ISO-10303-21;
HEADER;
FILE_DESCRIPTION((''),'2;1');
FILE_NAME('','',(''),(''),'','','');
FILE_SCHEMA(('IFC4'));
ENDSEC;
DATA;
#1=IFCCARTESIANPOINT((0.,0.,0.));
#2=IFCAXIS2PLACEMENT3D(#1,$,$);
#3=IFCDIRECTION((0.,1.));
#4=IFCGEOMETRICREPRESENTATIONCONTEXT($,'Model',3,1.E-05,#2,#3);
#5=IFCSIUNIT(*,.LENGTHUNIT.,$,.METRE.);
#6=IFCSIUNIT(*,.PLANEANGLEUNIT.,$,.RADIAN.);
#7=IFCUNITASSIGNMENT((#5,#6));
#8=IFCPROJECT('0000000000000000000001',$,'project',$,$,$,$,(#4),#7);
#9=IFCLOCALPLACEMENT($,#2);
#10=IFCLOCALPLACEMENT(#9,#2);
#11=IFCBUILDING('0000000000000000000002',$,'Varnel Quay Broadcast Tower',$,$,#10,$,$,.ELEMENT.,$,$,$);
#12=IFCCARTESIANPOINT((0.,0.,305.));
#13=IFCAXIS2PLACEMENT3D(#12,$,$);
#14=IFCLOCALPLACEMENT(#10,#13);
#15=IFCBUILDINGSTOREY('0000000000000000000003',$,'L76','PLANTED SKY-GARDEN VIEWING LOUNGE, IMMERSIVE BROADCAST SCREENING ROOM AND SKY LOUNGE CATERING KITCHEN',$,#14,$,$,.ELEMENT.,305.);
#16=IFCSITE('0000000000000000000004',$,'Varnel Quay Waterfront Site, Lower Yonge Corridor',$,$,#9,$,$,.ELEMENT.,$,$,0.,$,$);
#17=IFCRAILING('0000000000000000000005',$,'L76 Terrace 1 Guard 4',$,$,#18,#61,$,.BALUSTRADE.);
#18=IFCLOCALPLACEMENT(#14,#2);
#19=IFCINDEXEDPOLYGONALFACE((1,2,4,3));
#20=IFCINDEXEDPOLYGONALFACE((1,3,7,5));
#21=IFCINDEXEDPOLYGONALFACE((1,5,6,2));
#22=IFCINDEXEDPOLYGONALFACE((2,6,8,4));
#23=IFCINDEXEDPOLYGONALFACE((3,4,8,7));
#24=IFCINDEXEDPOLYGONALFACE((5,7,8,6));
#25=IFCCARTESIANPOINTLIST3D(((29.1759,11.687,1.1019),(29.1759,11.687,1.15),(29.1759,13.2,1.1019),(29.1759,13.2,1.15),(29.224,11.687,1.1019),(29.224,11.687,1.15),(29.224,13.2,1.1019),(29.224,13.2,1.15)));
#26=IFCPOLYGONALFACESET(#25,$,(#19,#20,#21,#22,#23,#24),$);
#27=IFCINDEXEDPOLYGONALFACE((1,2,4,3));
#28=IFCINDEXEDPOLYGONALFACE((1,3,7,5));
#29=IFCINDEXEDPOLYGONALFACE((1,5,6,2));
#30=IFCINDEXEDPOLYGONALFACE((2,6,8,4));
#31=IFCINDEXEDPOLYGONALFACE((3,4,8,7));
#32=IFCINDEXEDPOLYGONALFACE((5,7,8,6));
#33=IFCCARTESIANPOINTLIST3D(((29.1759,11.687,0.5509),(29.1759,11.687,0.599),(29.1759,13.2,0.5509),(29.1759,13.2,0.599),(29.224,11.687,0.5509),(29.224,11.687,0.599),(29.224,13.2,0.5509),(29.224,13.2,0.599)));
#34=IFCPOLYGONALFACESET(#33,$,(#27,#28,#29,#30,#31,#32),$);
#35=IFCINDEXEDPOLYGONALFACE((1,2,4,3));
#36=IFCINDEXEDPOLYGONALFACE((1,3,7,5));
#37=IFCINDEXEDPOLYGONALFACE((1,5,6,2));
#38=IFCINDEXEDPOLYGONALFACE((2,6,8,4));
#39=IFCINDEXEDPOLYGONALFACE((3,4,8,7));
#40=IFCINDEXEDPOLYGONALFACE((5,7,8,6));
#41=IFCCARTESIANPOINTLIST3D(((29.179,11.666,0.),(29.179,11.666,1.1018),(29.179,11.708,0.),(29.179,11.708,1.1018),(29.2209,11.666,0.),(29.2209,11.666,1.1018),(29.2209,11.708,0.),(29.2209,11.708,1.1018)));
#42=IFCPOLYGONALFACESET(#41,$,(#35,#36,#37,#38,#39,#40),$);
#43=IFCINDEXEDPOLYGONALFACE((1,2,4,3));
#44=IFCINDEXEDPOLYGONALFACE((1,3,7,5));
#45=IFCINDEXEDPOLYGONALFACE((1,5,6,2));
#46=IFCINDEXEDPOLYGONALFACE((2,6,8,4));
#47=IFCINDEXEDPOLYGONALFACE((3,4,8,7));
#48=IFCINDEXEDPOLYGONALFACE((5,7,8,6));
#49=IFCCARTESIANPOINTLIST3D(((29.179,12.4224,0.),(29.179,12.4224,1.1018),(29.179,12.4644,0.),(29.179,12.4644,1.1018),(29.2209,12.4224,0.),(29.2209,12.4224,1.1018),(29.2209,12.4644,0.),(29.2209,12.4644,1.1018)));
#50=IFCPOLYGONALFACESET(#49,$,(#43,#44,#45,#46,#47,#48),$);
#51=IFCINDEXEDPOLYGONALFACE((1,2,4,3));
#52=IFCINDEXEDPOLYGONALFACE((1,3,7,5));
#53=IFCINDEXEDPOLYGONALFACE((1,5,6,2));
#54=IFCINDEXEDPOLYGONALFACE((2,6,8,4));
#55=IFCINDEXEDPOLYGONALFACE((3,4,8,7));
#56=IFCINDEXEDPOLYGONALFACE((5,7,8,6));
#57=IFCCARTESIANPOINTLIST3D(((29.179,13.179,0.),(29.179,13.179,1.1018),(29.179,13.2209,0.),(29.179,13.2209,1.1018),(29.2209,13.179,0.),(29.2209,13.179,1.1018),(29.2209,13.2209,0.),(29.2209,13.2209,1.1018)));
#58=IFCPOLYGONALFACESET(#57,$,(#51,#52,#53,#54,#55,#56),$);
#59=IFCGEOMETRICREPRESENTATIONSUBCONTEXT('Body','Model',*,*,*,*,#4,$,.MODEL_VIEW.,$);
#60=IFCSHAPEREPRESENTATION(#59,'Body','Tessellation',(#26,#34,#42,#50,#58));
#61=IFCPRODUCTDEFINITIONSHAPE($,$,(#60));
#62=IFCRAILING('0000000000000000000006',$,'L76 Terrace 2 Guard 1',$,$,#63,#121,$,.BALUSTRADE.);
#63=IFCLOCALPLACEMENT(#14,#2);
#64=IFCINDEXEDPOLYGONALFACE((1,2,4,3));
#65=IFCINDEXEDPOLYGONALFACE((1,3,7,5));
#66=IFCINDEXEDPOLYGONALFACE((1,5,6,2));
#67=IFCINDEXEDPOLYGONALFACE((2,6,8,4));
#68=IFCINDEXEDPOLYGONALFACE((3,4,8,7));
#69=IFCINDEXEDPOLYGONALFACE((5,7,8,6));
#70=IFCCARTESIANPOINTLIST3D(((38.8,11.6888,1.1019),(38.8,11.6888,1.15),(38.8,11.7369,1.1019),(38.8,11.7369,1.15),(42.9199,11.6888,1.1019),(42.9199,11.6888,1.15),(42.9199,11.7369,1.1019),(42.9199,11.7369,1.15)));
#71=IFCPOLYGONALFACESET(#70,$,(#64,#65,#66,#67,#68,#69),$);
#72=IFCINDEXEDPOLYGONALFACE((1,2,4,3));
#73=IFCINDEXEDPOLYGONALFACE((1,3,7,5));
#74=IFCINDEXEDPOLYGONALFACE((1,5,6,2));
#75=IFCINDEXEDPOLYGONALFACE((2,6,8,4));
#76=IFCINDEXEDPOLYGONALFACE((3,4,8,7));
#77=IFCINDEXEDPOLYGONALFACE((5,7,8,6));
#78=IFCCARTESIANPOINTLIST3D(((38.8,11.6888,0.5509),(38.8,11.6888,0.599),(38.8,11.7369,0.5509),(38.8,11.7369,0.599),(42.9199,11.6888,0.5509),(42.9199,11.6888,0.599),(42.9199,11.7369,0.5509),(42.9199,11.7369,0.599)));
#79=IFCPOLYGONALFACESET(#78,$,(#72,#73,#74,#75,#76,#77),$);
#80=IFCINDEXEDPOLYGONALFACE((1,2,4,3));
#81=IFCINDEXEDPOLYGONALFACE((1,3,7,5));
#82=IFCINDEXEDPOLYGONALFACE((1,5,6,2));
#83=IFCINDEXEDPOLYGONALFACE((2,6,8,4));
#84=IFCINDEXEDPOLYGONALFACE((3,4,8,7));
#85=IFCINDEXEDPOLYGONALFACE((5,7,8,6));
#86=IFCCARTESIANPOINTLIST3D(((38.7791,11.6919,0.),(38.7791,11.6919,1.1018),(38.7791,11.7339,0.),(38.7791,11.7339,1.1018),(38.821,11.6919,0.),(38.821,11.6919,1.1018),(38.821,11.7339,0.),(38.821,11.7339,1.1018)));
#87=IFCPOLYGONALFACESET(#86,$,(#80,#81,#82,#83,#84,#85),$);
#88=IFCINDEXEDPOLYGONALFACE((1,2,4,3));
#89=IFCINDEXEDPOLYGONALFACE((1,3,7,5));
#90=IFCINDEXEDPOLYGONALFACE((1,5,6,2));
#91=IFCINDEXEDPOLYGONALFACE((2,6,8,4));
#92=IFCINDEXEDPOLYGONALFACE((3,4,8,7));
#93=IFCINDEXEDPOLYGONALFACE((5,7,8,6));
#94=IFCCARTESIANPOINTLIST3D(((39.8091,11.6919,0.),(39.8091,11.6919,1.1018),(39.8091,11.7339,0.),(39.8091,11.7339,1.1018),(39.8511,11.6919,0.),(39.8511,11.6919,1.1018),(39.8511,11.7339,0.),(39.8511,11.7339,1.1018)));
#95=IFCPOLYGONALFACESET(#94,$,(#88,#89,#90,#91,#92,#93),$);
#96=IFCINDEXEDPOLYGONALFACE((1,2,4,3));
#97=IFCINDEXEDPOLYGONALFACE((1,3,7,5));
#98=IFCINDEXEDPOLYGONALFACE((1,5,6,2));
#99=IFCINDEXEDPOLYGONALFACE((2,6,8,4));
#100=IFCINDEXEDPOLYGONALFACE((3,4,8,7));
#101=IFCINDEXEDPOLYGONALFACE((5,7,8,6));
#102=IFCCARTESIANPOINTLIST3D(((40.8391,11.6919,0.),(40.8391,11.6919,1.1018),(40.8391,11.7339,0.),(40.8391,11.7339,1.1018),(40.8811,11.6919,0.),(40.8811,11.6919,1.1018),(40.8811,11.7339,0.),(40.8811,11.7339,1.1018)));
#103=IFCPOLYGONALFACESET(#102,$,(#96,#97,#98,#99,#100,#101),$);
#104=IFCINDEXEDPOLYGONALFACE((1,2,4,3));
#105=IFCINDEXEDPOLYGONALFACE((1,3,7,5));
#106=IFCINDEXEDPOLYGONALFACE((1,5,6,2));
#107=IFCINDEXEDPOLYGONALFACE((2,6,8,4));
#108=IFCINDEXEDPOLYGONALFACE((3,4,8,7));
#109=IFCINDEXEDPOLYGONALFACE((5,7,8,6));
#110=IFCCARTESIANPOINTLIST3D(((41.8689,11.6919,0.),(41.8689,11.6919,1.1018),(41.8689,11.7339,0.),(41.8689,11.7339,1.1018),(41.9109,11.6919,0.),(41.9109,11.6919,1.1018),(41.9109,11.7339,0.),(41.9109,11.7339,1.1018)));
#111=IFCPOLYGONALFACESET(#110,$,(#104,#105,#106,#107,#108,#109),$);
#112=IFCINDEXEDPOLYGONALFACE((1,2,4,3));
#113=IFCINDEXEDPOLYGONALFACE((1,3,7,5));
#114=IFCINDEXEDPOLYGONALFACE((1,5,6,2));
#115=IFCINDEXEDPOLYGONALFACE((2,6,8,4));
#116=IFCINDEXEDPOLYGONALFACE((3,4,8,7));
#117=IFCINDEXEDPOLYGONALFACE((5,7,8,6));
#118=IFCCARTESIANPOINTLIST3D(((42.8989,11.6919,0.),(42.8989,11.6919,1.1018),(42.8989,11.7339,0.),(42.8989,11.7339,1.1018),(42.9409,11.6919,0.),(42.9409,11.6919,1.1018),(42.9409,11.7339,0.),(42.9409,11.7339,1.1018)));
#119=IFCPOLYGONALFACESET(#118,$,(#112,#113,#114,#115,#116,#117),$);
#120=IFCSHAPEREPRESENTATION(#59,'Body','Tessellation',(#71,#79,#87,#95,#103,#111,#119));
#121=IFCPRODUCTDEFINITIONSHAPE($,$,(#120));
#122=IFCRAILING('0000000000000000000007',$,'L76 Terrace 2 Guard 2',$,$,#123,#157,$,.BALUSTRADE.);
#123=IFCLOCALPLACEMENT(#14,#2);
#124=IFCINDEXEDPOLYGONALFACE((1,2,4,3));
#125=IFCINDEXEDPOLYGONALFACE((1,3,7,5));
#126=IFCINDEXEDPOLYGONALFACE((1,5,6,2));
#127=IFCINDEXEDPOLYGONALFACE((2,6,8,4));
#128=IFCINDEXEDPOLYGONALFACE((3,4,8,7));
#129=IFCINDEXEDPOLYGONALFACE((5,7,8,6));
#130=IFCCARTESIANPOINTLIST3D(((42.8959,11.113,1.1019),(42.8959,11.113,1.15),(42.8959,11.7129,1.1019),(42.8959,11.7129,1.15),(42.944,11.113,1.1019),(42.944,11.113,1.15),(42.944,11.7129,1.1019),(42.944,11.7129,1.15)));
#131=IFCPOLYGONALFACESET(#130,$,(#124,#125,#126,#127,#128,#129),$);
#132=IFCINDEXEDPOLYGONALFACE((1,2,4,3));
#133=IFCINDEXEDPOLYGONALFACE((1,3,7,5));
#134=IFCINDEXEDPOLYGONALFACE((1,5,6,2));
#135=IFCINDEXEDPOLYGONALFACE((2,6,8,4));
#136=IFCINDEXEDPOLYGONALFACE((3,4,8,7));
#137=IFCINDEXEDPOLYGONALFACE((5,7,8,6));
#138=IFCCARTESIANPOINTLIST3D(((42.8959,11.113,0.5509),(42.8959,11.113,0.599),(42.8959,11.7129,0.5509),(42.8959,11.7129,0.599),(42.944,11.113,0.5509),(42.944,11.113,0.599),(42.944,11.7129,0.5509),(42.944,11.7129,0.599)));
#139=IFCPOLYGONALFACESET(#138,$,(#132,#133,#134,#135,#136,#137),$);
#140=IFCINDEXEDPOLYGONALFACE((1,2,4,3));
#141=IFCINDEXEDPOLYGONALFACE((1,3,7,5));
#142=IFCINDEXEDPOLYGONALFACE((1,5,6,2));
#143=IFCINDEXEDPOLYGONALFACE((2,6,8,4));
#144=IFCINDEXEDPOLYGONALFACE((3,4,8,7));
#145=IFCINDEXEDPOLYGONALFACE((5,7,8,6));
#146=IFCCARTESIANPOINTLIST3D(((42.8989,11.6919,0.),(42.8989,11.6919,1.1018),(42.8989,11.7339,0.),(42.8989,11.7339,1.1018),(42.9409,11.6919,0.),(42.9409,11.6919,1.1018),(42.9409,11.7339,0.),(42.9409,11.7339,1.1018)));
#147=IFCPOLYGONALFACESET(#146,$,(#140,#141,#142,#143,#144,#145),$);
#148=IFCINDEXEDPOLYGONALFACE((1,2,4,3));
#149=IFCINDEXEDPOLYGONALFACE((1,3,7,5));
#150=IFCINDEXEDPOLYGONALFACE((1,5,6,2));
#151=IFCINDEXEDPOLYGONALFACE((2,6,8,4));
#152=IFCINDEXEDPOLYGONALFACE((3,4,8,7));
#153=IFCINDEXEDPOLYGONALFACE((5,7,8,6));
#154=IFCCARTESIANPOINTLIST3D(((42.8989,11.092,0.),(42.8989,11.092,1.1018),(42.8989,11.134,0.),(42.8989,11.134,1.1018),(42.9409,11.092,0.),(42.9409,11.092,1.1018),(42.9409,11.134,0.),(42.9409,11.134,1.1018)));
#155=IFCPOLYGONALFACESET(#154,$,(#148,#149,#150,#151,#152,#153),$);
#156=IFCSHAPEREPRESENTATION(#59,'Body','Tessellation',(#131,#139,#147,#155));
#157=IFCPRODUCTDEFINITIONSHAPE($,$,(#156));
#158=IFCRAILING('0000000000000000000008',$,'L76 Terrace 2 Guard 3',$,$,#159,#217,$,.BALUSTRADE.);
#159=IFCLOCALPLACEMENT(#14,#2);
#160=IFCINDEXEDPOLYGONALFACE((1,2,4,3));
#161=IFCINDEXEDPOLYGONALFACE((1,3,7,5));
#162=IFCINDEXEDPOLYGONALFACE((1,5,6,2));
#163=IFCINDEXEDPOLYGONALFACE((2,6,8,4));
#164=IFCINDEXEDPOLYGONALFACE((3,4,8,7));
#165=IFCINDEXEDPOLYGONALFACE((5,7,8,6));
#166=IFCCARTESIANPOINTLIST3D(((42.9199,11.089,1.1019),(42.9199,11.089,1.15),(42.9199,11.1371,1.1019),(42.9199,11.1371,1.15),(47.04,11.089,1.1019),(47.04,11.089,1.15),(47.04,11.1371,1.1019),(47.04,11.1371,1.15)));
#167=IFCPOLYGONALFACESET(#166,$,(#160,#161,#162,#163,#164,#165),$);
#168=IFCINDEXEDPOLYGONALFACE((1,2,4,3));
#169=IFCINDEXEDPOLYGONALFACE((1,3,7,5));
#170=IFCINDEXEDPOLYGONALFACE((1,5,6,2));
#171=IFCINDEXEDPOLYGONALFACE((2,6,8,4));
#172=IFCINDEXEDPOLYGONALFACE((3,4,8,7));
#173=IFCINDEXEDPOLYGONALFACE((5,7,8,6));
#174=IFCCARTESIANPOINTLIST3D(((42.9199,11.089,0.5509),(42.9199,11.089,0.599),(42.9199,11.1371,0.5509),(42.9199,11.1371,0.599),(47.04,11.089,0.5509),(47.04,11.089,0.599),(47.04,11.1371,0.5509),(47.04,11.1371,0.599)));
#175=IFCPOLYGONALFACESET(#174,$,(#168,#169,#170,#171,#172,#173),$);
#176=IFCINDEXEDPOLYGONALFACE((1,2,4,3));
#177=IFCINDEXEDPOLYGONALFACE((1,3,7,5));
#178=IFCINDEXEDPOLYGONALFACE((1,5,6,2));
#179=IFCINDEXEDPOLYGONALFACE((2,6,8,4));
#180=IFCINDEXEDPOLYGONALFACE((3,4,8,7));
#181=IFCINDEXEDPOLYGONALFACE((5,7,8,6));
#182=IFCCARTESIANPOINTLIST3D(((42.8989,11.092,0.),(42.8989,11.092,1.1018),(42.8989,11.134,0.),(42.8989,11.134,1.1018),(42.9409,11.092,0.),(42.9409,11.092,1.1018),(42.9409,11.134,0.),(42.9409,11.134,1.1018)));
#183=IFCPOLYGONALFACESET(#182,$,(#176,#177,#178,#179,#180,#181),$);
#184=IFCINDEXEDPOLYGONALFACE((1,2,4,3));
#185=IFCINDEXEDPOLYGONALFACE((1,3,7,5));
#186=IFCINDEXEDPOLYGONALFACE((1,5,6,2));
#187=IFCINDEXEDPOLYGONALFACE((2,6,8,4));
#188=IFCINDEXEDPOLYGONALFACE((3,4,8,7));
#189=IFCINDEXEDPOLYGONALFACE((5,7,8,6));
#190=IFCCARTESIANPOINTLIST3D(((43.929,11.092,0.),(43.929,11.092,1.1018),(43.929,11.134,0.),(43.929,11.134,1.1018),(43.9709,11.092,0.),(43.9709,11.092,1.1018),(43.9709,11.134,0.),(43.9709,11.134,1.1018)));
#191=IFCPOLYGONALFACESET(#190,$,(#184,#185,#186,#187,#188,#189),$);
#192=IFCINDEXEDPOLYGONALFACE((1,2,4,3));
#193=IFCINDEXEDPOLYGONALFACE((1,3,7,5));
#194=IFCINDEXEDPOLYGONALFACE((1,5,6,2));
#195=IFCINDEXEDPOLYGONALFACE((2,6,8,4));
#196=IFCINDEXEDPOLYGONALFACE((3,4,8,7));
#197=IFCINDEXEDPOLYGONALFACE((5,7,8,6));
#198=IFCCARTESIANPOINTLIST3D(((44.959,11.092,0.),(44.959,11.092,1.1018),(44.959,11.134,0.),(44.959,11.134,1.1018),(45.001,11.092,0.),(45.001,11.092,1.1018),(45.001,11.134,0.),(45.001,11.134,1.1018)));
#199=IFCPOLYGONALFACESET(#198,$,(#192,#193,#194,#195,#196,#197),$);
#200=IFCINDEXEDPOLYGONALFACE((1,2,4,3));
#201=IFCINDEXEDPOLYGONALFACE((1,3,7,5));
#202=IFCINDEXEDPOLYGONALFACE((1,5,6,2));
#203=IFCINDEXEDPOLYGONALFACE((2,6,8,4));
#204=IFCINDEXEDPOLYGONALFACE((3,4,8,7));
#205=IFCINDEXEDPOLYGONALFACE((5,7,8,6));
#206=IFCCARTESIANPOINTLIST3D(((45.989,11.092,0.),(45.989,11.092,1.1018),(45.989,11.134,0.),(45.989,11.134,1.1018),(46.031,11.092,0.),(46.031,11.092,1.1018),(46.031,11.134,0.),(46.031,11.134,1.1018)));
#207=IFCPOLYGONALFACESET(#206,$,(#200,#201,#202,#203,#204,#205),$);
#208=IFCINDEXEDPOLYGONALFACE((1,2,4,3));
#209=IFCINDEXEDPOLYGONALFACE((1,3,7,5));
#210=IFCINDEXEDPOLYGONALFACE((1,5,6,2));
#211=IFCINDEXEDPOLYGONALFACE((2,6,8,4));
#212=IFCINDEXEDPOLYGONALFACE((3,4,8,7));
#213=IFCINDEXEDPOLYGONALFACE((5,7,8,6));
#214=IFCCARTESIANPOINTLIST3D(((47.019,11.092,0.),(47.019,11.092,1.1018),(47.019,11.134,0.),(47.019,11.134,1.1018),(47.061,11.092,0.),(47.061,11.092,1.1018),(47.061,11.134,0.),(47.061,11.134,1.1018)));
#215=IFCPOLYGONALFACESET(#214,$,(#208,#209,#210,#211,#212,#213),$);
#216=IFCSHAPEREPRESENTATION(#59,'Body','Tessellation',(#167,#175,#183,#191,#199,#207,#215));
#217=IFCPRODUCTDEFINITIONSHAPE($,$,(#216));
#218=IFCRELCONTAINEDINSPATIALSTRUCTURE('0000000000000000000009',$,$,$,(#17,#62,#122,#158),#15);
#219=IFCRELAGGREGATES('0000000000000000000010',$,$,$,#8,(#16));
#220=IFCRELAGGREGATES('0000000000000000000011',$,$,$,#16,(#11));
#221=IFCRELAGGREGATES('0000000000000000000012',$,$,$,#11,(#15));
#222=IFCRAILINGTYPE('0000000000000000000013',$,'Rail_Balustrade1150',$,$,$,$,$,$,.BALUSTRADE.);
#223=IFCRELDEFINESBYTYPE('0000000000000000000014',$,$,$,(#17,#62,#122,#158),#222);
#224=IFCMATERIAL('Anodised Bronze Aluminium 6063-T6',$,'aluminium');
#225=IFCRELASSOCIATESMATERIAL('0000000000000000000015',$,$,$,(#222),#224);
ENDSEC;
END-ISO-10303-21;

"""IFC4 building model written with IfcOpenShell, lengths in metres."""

from ifc_helpers import new_model, si_unit, direction, frame, origin, origin_2d, place, context, subcontext, project, spatial, rectangle, extrude, material, type_object, element, save


model = new_model("IFC4")

# Units and contexts
model_context = context("Model", 3, precision=1e-05, world=origin(), true_north=direction((0.0, 1.0)))
body_context = subcontext(model_context, "Body", "Model", "MODEL_VIEW")
ifc_project = project(units=[si_unit("LENGTHUNIT", "METRE"), si_unit("PLANEANGLEUNIT", "RADIAN")], contexts=[model_context])

# Site, building, storey
site_placement = place(None, origin())
site = spatial("IfcSite", under=ifc_project, at=site_placement, Name="Varnel Quay Waterfront Site, Lower Yonge Corridor", CompositionType="ELEMENT", RefElevation=0.0)
building_placement = place(site_placement, origin())
building = spatial("IfcBuilding", under=site, at=building_placement, Name="Varnel Quay Broadcast Tower", CompositionType="ELEMENT")
storey_placement = place(building_placement, frame((0.0, 0.0, 305.0)))
storey = spatial("IfcBuildingStorey", under=building, at=storey_placement, Name="L76", Description="PLANTED SKY-GARDEN VIEWING LOUNGE, IMMERSIVE BROADCAST SCREENING ROOM AND SKY LOUNGE CATERING KITCHEN", CompositionType="ELEMENT", Elevation=305.0)

# Shared definitions
ifc_material_1 = material(Name="Anodised Bronze Aluminium 6063-T6", Category="aluminium")

# Railings
railing_type = type_object("IfcRailingType", Name="Rail_Balustrade1150", PredefinedType="BALUSTRADE", material=ifc_material_1)
railing_1_placement = place(storey_placement, frame((29.2, 11.687, 0.0)))
element("IfcRailing", 1, at=railing_1_placement, inside=storey, type_object=railing_type, Name="L76 Terrace 1 Guard 4", PredefinedType="BALUSTRADE", context=body_context, shape_type="SweptSolid", body=[
    extrude(rectangle(XDim=0.0481, YDim=0.0481, at=origin_2d()), frame((0.0, 0.0, 1.126), z_axis=(0.0, 1.0, 0.0), x_axis=(-1.0, 0.0, 0.0)), (0.0, 0.0, 1.0), 1.5129),
    extrude(rectangle(XDim=0.0481, YDim=0.0481, at=origin_2d()), frame((0.0, 0.0, 0.575), z_axis=(0.0, 1.0, 0.0), x_axis=(-1.0, 0.0, 0.0)), (0.0, 0.0, 1.0), 1.5129),
    extrude(rectangle(XDim=0.042, YDim=0.042, at=origin_2d()), origin(), (0.0, 0.0, 1.0), 1.1018),
    extrude(rectangle(XDim=0.042, YDim=0.042, at=origin_2d()), frame((0.0, 0.7563, 0.0)), (0.0, 0.0, 1.0), 1.1018),
    extrude(rectangle(XDim=0.042, YDim=0.042, at=origin_2d()), frame((0.0, 1.5129, 0.0)), (0.0, 0.0, 1.0), 1.1018),
])
railing_2_placement = place(storey_placement, frame((38.8, 11.7129, 0.0)))
element("IfcRailing", 2, at=railing_2_placement, inside=storey, type_object=railing_type, Name="L76 Terrace 2 Guard 1", PredefinedType="BALUSTRADE", context=body_context, shape_type="SweptSolid", body=[
    extrude(rectangle(XDim=0.0481, YDim=0.0481, at=origin_2d()), frame((0.0, 0.0, 1.126), z_axis=(1.0, 0.0, 0.0), x_axis=(0.0, 1.0, 0.0)), (0.0, 0.0, 1.0), 4.1199),
    extrude(rectangle(XDim=0.0481, YDim=0.0481, at=origin_2d()), frame((0.0, 0.0, 0.575), z_axis=(1.0, 0.0, 0.0), x_axis=(0.0, 1.0, 0.0)), (0.0, 0.0, 1.0), 4.1199),
    extrude(rectangle(XDim=0.042, YDim=0.042, at=origin_2d()), origin(), (0.0, 0.0, 1.0), 1.1018),
    extrude(rectangle(XDim=0.042, YDim=0.042, at=origin_2d()), frame((1.03, 0.0, 0.0)), (0.0, 0.0, 1.0), 1.1018),
    extrude(rectangle(XDim=0.042, YDim=0.042, at=origin_2d()), frame((2.0601, 0.0, 0.0)), (0.0, 0.0, 1.0), 1.1018),
    extrude(rectangle(XDim=0.042, YDim=0.042, at=origin_2d()), frame((3.0898, 0.0, 0.0)), (0.0, 0.0, 1.0), 1.1018),
    extrude(rectangle(XDim=0.042, YDim=0.042, at=origin_2d()), frame((4.1199, 0.0, 0.0)), (0.0, 0.0, 1.0), 1.1018),
])
railing_3_placement = place(storey_placement, frame((42.9199, 11.7129, 0.0)))
element("IfcRailing", 3, at=railing_3_placement, inside=storey, type_object=railing_type, Name="L76 Terrace 2 Guard 2", PredefinedType="BALUSTRADE", context=body_context, shape_type="SweptSolid", body=[
    extrude(rectangle(XDim=0.0481, YDim=0.0481, at=origin_2d()), frame((0.0, 0.0, 1.126), z_axis=(0.0, -1.0, 0.0), x_axis=(1.0, 0.0, 0.0)), (0.0, 0.0, 1.0), 0.5999),
    extrude(rectangle(XDim=0.0481, YDim=0.0481, at=origin_2d()), frame((0.0, 0.0, 0.575), z_axis=(0.0, -1.0, 0.0), x_axis=(1.0, 0.0, 0.0)), (0.0, 0.0, 1.0), 0.5999),
    extrude(rectangle(XDim=0.042, YDim=0.042, at=origin_2d()), origin(), (0.0, 0.0, 1.0), 1.1018),
    extrude(rectangle(XDim=0.042, YDim=0.042, at=origin_2d()), frame((0.0, -0.5999, 0.0)), (0.0, 0.0, 1.0), 1.1018),
])
railing_4_placement = place(storey_placement, frame((42.9199, 11.113, 0.0)))
element("IfcRailing", 4, at=railing_4_placement, inside=storey, type_object=railing_type, Name="L76 Terrace 2 Guard 3", PredefinedType="BALUSTRADE", context=body_context, shape_type="SweptSolid", body=[
    extrude(rectangle(XDim=0.0481, YDim=0.0481, at=origin_2d()), frame((0.0, 0.0, 1.126), z_axis=(1.0, 0.0, 0.0), x_axis=(0.0, 1.0, 0.0)), (0.0, 0.0, 1.0), 4.1201),
    extrude(rectangle(XDim=0.0481, YDim=0.0481, at=origin_2d()), frame((0.0, 0.0, 0.575), z_axis=(1.0, 0.0, 0.0), x_axis=(0.0, 1.0, 0.0)), (0.0, 0.0, 1.0), 4.1201),
    extrude(rectangle(XDim=0.042, YDim=0.042, at=origin_2d()), origin(), (0.0, 0.0, 1.0), 1.1018),
    extrude(rectangle(XDim=0.042, YDim=0.042, at=origin_2d()), frame((1.03, 0.0, 0.0)), (0.0, 0.0, 1.0), 1.1018),
    extrude(rectangle(XDim=0.042, YDim=0.042, at=origin_2d()), frame((2.0601, 0.0, 0.0)), (0.0, 0.0, 1.0), 1.1018),
    extrude(rectangle(XDim=0.042, YDim=0.042, at=origin_2d()), frame((3.0901, 0.0, 0.0)), (0.0, 0.0, 1.0), 1.1018),
    extrude(rectangle(XDim=0.042, YDim=0.042, at=origin_2d()), frame((4.1201, 0.0, 0.0)), (0.0, 0.0, 1.0), 1.1018),
])

save(model, "model.ifc")
